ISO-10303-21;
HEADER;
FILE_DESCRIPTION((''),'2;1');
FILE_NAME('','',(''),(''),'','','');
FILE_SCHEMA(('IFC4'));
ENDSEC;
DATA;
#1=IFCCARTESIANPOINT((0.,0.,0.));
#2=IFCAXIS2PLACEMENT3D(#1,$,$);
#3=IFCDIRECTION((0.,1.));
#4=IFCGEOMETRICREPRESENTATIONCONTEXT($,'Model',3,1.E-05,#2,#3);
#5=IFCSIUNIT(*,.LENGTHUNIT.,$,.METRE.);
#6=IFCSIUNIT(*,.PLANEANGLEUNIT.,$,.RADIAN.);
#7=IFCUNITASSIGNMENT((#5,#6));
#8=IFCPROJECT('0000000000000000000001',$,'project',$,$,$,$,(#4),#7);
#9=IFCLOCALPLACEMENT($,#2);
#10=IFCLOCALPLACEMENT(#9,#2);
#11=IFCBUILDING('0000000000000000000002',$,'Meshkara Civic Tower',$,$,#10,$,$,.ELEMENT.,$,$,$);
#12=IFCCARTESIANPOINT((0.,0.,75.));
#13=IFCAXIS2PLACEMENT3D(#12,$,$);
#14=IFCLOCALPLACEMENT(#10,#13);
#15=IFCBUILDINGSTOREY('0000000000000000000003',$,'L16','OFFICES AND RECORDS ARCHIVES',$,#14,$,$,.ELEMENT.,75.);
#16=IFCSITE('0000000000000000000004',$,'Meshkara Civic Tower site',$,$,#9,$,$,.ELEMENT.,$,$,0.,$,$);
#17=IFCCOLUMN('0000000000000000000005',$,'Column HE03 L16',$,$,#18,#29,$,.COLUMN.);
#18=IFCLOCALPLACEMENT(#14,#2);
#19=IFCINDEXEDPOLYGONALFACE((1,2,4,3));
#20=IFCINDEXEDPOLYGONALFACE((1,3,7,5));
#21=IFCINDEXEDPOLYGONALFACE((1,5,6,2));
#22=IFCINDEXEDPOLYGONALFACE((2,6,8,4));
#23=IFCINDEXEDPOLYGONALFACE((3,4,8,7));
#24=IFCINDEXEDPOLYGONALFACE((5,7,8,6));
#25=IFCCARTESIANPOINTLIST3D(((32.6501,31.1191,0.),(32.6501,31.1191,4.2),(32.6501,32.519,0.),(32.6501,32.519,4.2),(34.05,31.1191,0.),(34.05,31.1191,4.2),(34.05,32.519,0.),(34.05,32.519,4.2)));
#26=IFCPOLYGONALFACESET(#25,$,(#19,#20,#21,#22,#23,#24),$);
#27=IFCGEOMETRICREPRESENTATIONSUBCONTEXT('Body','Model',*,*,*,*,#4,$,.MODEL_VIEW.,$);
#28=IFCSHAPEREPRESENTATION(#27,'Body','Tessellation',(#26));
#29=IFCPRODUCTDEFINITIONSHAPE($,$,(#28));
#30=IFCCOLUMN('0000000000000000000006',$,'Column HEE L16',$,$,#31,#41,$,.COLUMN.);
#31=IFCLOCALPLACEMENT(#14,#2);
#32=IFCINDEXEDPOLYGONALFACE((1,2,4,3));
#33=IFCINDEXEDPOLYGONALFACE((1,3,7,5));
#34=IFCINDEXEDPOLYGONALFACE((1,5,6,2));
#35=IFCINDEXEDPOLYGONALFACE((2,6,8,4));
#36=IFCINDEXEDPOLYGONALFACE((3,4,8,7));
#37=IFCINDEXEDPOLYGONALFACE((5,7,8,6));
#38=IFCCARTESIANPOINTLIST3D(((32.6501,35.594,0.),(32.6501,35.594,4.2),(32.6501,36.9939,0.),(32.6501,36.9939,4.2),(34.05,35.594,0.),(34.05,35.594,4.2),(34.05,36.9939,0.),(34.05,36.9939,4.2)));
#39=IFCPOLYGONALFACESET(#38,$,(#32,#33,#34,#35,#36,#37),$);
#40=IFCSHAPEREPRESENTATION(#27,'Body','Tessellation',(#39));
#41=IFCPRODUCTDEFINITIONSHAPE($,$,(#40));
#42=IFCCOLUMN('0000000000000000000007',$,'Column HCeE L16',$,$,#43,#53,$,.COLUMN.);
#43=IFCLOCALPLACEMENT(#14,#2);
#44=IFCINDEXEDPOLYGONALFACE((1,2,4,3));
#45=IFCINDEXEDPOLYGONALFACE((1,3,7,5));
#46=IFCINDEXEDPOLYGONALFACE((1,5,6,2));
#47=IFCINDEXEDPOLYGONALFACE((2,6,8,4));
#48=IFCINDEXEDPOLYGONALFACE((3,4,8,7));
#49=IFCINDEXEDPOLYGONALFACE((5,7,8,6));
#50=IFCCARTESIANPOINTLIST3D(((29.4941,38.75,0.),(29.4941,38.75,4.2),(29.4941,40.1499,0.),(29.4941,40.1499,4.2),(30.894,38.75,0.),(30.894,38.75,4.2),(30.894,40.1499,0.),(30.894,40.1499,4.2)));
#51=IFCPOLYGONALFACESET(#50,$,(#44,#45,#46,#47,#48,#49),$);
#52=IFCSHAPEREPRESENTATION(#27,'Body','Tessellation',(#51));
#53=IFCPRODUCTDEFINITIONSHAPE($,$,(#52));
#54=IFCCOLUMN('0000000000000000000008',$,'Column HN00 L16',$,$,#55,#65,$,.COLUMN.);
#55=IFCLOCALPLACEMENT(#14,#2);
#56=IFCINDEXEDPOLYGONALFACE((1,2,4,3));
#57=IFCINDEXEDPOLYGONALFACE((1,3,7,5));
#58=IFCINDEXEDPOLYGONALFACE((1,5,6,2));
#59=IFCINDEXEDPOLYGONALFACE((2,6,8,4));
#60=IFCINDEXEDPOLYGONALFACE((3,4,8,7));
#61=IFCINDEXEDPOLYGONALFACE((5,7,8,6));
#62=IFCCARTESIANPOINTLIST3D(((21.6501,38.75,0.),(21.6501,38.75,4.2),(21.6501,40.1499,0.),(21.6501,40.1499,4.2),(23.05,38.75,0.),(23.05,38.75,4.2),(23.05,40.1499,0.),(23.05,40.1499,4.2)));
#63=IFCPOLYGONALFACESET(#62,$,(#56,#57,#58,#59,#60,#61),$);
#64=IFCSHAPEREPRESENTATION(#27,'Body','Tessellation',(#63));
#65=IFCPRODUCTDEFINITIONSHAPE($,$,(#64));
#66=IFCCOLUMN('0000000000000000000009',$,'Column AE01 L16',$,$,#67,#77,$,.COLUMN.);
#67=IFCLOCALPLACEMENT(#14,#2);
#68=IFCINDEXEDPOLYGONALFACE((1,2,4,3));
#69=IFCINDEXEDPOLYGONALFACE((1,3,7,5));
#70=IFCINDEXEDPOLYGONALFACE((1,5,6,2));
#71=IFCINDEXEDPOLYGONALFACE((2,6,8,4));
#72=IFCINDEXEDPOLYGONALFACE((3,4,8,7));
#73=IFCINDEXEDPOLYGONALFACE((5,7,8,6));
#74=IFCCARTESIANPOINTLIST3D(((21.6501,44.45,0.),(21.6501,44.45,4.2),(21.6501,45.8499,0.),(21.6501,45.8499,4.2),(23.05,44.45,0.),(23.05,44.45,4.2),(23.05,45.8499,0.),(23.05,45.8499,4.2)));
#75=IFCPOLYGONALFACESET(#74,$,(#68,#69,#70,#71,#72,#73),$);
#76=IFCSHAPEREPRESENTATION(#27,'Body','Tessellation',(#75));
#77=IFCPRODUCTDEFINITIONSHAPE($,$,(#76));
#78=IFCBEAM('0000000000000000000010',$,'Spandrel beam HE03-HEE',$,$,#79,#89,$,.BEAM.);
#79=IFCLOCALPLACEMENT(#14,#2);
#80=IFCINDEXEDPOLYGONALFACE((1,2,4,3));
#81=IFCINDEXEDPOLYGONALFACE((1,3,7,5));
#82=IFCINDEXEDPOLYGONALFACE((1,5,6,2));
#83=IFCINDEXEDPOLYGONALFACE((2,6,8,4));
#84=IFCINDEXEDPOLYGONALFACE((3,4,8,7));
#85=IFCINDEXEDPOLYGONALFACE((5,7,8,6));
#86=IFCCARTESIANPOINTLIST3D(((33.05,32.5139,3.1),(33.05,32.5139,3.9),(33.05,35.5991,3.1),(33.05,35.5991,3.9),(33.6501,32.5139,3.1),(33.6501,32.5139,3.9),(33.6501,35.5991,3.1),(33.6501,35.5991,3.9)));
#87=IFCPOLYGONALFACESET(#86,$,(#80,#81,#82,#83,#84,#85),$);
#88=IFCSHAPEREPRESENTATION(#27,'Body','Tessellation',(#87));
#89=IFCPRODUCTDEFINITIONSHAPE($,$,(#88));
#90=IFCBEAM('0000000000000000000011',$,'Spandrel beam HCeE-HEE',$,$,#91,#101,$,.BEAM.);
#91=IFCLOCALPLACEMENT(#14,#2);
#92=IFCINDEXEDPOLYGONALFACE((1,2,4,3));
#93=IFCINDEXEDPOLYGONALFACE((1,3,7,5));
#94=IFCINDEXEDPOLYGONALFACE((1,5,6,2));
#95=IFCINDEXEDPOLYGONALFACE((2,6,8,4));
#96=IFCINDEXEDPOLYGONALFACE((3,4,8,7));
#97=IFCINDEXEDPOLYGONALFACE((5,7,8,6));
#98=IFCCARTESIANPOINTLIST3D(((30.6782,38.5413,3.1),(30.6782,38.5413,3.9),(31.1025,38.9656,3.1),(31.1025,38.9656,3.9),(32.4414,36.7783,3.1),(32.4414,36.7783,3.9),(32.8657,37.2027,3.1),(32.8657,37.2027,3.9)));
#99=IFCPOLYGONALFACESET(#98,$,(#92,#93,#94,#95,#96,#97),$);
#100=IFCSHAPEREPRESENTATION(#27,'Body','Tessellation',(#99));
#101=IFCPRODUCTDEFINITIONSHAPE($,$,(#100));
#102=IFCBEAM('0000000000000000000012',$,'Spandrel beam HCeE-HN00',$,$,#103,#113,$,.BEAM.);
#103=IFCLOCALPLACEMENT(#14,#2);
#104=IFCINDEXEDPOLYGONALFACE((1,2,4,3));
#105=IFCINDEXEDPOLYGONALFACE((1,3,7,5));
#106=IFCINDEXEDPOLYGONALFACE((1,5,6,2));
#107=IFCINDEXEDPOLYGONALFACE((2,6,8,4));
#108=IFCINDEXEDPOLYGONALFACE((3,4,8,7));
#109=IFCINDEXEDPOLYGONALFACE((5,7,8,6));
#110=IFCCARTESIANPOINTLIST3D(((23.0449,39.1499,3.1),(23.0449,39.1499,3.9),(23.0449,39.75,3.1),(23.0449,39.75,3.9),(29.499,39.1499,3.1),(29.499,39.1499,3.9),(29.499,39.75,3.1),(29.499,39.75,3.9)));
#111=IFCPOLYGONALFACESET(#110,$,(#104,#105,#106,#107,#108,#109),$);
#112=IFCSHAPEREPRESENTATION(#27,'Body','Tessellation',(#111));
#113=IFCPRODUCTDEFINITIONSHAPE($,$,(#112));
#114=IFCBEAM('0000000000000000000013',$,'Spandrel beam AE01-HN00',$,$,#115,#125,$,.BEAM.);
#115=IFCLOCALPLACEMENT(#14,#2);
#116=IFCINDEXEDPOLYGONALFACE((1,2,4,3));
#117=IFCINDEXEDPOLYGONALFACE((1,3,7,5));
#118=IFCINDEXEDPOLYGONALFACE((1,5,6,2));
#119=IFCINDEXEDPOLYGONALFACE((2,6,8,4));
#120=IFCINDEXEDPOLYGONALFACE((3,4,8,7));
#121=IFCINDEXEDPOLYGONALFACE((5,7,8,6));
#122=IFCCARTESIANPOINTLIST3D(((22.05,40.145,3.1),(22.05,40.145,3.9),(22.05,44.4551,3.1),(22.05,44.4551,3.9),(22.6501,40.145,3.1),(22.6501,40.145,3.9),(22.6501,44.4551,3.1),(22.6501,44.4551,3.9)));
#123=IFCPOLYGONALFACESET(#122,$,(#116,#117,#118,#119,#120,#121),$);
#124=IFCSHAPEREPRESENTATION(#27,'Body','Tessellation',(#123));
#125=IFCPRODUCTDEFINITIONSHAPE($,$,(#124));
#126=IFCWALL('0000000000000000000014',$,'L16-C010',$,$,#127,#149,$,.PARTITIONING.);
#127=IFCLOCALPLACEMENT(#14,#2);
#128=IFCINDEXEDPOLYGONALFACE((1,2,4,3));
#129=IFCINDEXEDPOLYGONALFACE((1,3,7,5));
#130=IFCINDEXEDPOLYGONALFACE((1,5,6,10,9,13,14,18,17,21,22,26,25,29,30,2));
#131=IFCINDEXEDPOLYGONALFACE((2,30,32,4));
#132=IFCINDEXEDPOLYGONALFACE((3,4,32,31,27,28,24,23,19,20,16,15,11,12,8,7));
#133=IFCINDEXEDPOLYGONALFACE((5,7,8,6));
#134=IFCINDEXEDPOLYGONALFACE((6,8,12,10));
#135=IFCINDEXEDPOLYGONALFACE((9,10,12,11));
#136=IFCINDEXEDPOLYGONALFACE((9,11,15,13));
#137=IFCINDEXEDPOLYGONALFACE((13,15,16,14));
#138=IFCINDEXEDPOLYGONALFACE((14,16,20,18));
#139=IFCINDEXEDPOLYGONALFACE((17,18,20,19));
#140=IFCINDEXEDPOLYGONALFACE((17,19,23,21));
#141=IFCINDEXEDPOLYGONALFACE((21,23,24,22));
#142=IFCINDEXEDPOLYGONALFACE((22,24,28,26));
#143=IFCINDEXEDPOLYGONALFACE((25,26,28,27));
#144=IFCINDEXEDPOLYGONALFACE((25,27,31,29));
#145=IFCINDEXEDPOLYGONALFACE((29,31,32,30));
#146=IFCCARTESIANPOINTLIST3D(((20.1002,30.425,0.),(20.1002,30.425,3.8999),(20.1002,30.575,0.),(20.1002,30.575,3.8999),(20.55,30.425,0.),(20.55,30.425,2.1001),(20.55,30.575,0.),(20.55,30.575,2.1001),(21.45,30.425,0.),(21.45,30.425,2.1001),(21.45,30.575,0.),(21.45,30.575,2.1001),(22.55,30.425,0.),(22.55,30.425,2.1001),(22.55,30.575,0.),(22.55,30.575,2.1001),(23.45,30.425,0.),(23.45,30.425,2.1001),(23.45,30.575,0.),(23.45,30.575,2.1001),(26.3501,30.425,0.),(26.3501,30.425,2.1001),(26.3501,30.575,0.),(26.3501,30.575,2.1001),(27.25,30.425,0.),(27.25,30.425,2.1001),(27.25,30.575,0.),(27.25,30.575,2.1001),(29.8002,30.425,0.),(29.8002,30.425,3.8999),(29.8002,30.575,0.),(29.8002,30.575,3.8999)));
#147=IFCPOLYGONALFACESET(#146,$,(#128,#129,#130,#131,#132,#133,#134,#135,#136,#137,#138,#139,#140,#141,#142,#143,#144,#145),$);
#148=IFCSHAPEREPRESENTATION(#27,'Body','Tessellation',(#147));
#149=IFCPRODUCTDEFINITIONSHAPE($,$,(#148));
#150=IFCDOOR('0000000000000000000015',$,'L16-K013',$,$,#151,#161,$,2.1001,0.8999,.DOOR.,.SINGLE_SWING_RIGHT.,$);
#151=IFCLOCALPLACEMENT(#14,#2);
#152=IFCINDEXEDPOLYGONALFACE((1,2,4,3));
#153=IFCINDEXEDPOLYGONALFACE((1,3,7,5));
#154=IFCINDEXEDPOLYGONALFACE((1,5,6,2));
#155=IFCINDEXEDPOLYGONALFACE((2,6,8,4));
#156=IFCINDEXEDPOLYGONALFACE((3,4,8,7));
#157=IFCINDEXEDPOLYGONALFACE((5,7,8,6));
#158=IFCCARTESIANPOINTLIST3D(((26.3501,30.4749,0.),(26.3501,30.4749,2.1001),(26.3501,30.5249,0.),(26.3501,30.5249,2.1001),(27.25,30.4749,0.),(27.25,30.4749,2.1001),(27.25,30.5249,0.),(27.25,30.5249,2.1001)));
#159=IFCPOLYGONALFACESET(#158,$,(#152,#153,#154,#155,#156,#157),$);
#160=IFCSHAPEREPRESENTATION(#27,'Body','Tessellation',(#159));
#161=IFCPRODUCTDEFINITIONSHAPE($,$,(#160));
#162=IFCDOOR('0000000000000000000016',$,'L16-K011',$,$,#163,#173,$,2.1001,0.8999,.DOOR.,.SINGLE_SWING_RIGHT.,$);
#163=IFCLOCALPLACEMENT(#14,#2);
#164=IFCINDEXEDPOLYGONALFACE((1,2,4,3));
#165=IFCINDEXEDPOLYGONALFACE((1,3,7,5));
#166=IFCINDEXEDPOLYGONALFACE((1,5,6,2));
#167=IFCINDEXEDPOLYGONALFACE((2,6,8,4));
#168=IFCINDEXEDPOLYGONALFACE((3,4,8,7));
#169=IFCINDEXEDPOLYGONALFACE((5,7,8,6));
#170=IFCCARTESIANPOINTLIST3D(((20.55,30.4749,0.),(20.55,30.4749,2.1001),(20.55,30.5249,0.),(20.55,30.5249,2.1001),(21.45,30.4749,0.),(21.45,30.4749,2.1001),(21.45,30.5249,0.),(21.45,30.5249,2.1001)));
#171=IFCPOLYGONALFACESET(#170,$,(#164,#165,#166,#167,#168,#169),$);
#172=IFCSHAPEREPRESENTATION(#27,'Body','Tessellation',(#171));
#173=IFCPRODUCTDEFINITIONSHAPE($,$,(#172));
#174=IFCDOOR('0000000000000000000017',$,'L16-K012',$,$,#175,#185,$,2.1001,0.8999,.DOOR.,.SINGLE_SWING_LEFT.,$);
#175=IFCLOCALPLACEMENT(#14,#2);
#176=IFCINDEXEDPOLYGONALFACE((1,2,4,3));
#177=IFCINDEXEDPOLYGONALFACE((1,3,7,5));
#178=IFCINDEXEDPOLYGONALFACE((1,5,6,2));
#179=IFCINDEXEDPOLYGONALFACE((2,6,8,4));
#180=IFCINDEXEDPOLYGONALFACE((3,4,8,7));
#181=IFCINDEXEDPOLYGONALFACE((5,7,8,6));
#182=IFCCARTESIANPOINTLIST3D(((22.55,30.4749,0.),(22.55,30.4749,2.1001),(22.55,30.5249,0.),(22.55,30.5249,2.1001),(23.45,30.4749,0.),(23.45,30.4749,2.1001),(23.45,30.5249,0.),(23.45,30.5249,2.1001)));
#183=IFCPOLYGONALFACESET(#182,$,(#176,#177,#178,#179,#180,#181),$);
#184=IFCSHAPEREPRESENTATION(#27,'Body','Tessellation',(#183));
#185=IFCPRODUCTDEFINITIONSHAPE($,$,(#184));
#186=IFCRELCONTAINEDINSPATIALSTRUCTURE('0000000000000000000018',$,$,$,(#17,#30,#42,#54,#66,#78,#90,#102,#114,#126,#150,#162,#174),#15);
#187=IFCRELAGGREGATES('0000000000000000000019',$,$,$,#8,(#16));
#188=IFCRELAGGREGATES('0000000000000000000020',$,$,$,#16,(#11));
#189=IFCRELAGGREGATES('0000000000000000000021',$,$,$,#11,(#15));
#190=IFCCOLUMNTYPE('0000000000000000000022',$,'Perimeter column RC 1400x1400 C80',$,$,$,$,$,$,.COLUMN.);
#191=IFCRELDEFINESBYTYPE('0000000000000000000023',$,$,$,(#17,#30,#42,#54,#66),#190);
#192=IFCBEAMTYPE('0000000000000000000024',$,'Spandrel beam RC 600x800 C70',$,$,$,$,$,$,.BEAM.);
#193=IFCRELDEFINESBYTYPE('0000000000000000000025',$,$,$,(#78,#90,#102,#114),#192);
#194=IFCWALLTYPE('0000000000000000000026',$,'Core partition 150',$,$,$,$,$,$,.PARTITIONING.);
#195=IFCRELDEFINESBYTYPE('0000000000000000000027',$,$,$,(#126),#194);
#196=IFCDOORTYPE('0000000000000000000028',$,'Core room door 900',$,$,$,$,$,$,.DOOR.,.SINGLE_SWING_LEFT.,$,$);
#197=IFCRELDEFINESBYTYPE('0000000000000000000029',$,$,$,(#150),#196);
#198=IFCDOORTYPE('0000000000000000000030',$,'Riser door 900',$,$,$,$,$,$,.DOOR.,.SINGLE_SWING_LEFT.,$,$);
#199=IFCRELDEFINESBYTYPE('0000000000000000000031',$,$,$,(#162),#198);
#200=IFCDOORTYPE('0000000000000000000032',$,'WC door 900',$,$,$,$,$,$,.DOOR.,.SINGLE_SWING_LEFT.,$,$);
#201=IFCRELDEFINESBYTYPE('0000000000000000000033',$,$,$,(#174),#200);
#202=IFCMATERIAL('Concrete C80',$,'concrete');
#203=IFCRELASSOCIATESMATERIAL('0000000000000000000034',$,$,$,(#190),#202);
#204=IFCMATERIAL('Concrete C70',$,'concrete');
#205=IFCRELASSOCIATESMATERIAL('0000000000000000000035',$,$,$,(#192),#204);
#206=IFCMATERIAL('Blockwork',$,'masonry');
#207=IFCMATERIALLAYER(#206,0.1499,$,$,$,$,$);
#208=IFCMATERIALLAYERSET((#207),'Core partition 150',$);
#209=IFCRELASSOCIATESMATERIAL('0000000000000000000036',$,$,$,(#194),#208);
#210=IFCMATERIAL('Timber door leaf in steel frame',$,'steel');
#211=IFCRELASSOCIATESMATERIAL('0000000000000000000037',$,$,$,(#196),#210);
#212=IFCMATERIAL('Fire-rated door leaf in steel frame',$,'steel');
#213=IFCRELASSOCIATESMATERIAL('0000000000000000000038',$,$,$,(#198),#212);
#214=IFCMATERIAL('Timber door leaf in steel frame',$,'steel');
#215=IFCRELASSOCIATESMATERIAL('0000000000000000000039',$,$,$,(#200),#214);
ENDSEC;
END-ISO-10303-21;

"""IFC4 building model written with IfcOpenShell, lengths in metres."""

from ifc_helpers import new_model, si_unit, direction, frame, frame_2d, origin, origin_2d, place, context, subcontext, project, spatial, rectangle, extrude, material, layer, layer_set, material_profile, profile_set, type_object, element, fill, save


model = new_model("IFC4")

# Units and contexts
model_context = context("Model", 3, precision=1e-05, world=origin(), true_north=direction((0.0, 1.0)))
body_context = subcontext(model_context, "Body", "Model", "MODEL_VIEW")
ifc_project = project(units=[si_unit("LENGTHUNIT", "METRE"), si_unit("PLANEANGLEUNIT", "RADIAN")], contexts=[model_context])

# Site, building, storey
site_placement = place(None, origin())
site = spatial("IfcSite", under=ifc_project, at=site_placement, Name="Meshkara Civic Tower site", CompositionType="ELEMENT", RefElevation=0.0)
building_placement = place(site_placement, origin())
building = spatial("IfcBuilding", under=site, at=building_placement, Name="Meshkara Civic Tower", CompositionType="ELEMENT")
storey_placement = place(building_placement, frame((0.0, 0.0, 75.0)))
storey = spatial("IfcBuildingStorey", under=building, at=storey_placement, Name="L16", Description="OFFICES AND RECORDS ARCHIVES", CompositionType="ELEMENT", Elevation=75.0)

# Columns
ifc_material_1 = material(Name="Concrete C80", Category="concrete")
ifc_material_profile_1 = material_profile(ifc_material_1, rectangle(XDim=1.3999, YDim=1.3999, at=origin_2d()))
ifc_profile_set_1 = profile_set([ifc_material_profile_1], Name="Concrete C80")
column_type = type_object("IfcColumnType", Name="Perimeter column RC 1400x1400 C80", PredefinedType="COLUMN", material=ifc_profile_set_1)
for number, where, z_axis, x_axis, name in (
    (1, (33.3501, 31.8191, 0.0), (0.0, 0.0, 1.0), (1.0, 0.0, 0.0), "Column HE03 L16"),
    (2, (33.3501, 36.2939, 0.0), (0.0, 0.0, 1.0), (1.0, 0.0, 0.0), "Column HEE L16"),
    (3, (30.1941, 39.45, 0.0), (0.0, 0.0, 1.0), (1.0, 0.0, 0.0), "Column HCeE L16"),
    (4, (22.3501, 39.45, 0.0), (0.0, 0.0, 1.0), (1.0, 0.0, 0.0), "Column HN00 L16"),
    (5, (22.3501, 45.1499, 0.0), (0.0, 0.0, 1.0), (1.0, 0.0, 0.0), "Column AE01 L16"),
):
    element("IfcColumn", number, at=place(storey_placement, frame(where, z_axis=z_axis, x_axis=x_axis)), inside=storey, type_object=column_type, Name=name, PredefinedType="COLUMN", context=body_context, shape_type="SweptSolid", body=[
        extrude(rectangle(XDim=1.3999, YDim=1.3999, at=origin_2d()), origin(), (0.0, 0.0, 1.0), 4.2),
    ])

# Beams
ifc_material_2 = material(Name="Concrete C70", Category="concrete")
ifc_material_profile_2 = material_profile(ifc_material_2, rectangle(XDim=0.6001, YDim=0.8, at=origin_2d()))
ifc_profile_set_2 = profile_set([ifc_material_profile_2], Name="Concrete C70")
beam_type = type_object("IfcBeamType", Name="Spandrel beam RC 600x800 C70", PredefinedType="BEAM", material=ifc_profile_set_2)
beam_1_placement = place(storey_placement, frame((33.3501, 32.5139, 3.5), z_axis=(0.0, 1.0, 0.0), x_axis=(-1.0, 0.0, 0.0)))
element("IfcBeam", 6, at=beam_1_placement, inside=storey, type_object=beam_type, Name="Spandrel beam HE03-HEE", PredefinedType="BEAM", context=body_context, shape_type="SweptSolid", body=[
    extrude(rectangle(XDim=0.6001, YDim=0.8, at=origin_2d()), origin(), (0.0, 0.0, 1.0), 3.0852),
])
beam_2_placement = place(storey_placement, frame((32.6536, 36.9905, 3.5), z_axis=(-0.707156, 0.707058, 0.0), x_axis=(-0.707058, -0.707156, 0.0)))
element("IfcBeam", 7, at=beam_2_placement, inside=storey, type_object=beam_type, Name="Spandrel beam HCeE-HEE", PredefinedType="BEAM", context=body_context, shape_type="SweptSolid", body=[
    extrude(rectangle(XDim=0.6001, YDim=0.8, at=origin_2d()), origin(), (0.0, 0.0, 1.0), 2.4934),
])
beam_3_placement = place(storey_placement, frame((29.499, 39.45, 3.5), z_axis=(-1.0, 0.0, 0.0), x_axis=(0.0, -1.0, 0.0)))
element("IfcBeam", 8, at=beam_3_placement, inside=storey, type_object=beam_type, Name="Spandrel beam HCeE-HN00", PredefinedType="BEAM", context=body_context, shape_type="SweptSolid", body=[
    extrude(rectangle(XDim=0.6001, YDim=0.8, at=origin_2d()), origin(), (0.0, 0.0, 1.0), 6.4541),
])
beam_4_placement = place(storey_placement, frame((22.3501, 40.145, 3.5), z_axis=(0.0, 1.0, 0.0), x_axis=(-1.0, 0.0, 0.0)))
element("IfcBeam", 9, at=beam_4_placement, inside=storey, type_object=beam_type, Name="Spandrel beam AE01-HN00", PredefinedType="BEAM", context=body_context, shape_type="SweptSolid", body=[
    extrude(rectangle(XDim=0.6001, YDim=0.8, at=origin_2d()), origin(), (0.0, 0.0, 1.0), 4.3101),
])

# Wall, openings, doors
ifc_material_3 = material(Name="Blockwork", Category="masonry")
ifc_layer_1 = layer(ifc_material_3, 0.1499)
ifc_layer_set_1 = layer_set([ifc_layer_1], Name="Core partition 150")
wall_type_1 = type_object("IfcWallType", Name="Core partition 150", PredefinedType="PARTITIONING", material=ifc_layer_set_1)
wall_1_placement = place(storey_placement, frame((20.1001, 30.5, 0.0), z_axis=(0.0, 0.0, 1.0), x_axis=(1.0, 0.0, 0.0)))
wall_1 = element("IfcWall", 10, at=wall_1_placement, inside=storey, type_object=wall_type_1, Name="L16-C010", PredefinedType="PARTITIONING", context=body_context, shape_type="SweptSolid", body=[
    extrude(rectangle(XDim=9.7, YDim=0.1499, at=frame_2d((4.8501, 0.0))), origin(), (0.0, 0.0, 1.0), 3.8999),
])
opening_1_placement = place(wall_1_placement, frame((0.45, 0.0, 0.0)))
opening_1 = element("IfcOpeningElement", 11, at=opening_1_placement, cuts=wall_1, PredefinedType="OPENING", context=body_context, shape_type="SweptSolid", body=[
    extrude(rectangle(XDim=0.8999, YDim=2.1001, at=frame_2d((0.45, 1.05))), frame((0.0, 0.085, 0.0), z_axis=(0.0, -1.0, 0.0), x_axis=(1.0, 0.0, 0.0)), (0.0, 0.0, 1.0), 0.1699),
])
opening_2_placement = place(wall_1_placement, frame((2.45, 0.0, 0.0)))
opening_2 = element("IfcOpeningElement", 12, at=opening_2_placement, cuts=wall_1, PredefinedType="OPENING", context=body_context, shape_type="SweptSolid", body=[
    extrude(rectangle(XDim=0.8999, YDim=2.1001, at=frame_2d((0.45, 1.05))), frame((0.0, 0.085, 0.0), z_axis=(0.0, -1.0, 0.0), x_axis=(1.0, 0.0, 0.0)), (0.0, 0.0, 1.0), 0.1699),
])
opening_3_placement = place(wall_1_placement, frame((6.25, 0.0, 0.0)))
opening_3 = element("IfcOpeningElement", 13, at=opening_3_placement, cuts=wall_1, PredefinedType="OPENING", context=body_context, shape_type="SweptSolid", body=[
    extrude(rectangle(XDim=0.8999, YDim=2.1001, at=frame_2d((0.45, 1.05))), frame((0.0, 0.085, 0.0), z_axis=(0.0, -1.0, 0.0), x_axis=(1.0, 0.0, 0.0)), (0.0, 0.0, 1.0), 0.1699),
])
ifc_material_4 = material(Name="Timber door leaf in steel frame", Category="steel")
door_type_1 = type_object("IfcDoorType", Name="Core room door 900", OperationType="SINGLE_SWING_LEFT", PredefinedType="DOOR", material=ifc_material_4)
door_1_placement = place(opening_3_placement, origin())
door_1 = element("IfcDoor", 14, at=door_1_placement, inside=storey, type_object=door_type_1, Name="L16-K013", OperationType="SINGLE_SWING_RIGHT", OverallHeight=2.1001, OverallWidth=0.8999, PredefinedType="DOOR", context=body_context, shape_type="SweptSolid", body=[
    extrude(rectangle(XDim=0.8999, YDim=2.1001, at=frame_2d((0.45, 1.05))), frame((0.0, 0.0249, 0.0), z_axis=(0.0, -1.0, 0.0), x_axis=(1.0, 0.0, 0.0)), (0.0, 0.0, 1.0), 0.05),
])
fill(opening_3, door_1)
ifc_material_5 = material(Name="Fire-rated door leaf in steel frame", Category="steel")
door_type_2 = type_object("IfcDoorType", Name="Riser door 900", OperationType="SINGLE_SWING_LEFT", PredefinedType="DOOR", material=ifc_material_5)
door_2_placement = place(opening_1_placement, origin())
door_2 = element("IfcDoor", 15, at=door_2_placement, inside=storey, type_object=door_type_2, Name="L16-K011", OperationType="SINGLE_SWING_RIGHT", OverallHeight=2.1001, OverallWidth=0.8999, PredefinedType="DOOR", context=body_context, shape_type="SweptSolid", body=[
    extrude(rectangle(XDim=0.8999, YDim=2.1001, at=frame_2d((0.45, 1.05))), frame((0.0, 0.0249, 0.0), z_axis=(0.0, -1.0, 0.0), x_axis=(1.0, 0.0, 0.0)), (0.0, 0.0, 1.0), 0.05),
])
fill(opening_1, door_2)
ifc_material_6 = material(Name="Timber door leaf in steel frame", Category="steel")
door_type_3 = type_object("IfcDoorType", Name="WC door 900", OperationType="SINGLE_SWING_LEFT", PredefinedType="DOOR", material=ifc_material_6)
door_3_placement = place(opening_2_placement, origin())
door_3 = element("IfcDoor", 16, at=door_3_placement, inside=storey, type_object=door_type_3, Name="L16-K012", OperationType="SINGLE_SWING_LEFT", OverallHeight=2.1001, OverallWidth=0.8999, PredefinedType="DOOR", context=body_context, shape_type="SweptSolid", body=[
    extrude(rectangle(XDim=0.8999, YDim=2.1001, at=frame_2d((0.45, 1.05))), frame((0.0, 0.0249, 0.0), z_axis=(0.0, -1.0, 0.0), x_axis=(1.0, 0.0, 0.0)), (0.0, 0.0, 1.0), 0.05),
])
fill(opening_2, door_3)

save(model, "model.ifc")
